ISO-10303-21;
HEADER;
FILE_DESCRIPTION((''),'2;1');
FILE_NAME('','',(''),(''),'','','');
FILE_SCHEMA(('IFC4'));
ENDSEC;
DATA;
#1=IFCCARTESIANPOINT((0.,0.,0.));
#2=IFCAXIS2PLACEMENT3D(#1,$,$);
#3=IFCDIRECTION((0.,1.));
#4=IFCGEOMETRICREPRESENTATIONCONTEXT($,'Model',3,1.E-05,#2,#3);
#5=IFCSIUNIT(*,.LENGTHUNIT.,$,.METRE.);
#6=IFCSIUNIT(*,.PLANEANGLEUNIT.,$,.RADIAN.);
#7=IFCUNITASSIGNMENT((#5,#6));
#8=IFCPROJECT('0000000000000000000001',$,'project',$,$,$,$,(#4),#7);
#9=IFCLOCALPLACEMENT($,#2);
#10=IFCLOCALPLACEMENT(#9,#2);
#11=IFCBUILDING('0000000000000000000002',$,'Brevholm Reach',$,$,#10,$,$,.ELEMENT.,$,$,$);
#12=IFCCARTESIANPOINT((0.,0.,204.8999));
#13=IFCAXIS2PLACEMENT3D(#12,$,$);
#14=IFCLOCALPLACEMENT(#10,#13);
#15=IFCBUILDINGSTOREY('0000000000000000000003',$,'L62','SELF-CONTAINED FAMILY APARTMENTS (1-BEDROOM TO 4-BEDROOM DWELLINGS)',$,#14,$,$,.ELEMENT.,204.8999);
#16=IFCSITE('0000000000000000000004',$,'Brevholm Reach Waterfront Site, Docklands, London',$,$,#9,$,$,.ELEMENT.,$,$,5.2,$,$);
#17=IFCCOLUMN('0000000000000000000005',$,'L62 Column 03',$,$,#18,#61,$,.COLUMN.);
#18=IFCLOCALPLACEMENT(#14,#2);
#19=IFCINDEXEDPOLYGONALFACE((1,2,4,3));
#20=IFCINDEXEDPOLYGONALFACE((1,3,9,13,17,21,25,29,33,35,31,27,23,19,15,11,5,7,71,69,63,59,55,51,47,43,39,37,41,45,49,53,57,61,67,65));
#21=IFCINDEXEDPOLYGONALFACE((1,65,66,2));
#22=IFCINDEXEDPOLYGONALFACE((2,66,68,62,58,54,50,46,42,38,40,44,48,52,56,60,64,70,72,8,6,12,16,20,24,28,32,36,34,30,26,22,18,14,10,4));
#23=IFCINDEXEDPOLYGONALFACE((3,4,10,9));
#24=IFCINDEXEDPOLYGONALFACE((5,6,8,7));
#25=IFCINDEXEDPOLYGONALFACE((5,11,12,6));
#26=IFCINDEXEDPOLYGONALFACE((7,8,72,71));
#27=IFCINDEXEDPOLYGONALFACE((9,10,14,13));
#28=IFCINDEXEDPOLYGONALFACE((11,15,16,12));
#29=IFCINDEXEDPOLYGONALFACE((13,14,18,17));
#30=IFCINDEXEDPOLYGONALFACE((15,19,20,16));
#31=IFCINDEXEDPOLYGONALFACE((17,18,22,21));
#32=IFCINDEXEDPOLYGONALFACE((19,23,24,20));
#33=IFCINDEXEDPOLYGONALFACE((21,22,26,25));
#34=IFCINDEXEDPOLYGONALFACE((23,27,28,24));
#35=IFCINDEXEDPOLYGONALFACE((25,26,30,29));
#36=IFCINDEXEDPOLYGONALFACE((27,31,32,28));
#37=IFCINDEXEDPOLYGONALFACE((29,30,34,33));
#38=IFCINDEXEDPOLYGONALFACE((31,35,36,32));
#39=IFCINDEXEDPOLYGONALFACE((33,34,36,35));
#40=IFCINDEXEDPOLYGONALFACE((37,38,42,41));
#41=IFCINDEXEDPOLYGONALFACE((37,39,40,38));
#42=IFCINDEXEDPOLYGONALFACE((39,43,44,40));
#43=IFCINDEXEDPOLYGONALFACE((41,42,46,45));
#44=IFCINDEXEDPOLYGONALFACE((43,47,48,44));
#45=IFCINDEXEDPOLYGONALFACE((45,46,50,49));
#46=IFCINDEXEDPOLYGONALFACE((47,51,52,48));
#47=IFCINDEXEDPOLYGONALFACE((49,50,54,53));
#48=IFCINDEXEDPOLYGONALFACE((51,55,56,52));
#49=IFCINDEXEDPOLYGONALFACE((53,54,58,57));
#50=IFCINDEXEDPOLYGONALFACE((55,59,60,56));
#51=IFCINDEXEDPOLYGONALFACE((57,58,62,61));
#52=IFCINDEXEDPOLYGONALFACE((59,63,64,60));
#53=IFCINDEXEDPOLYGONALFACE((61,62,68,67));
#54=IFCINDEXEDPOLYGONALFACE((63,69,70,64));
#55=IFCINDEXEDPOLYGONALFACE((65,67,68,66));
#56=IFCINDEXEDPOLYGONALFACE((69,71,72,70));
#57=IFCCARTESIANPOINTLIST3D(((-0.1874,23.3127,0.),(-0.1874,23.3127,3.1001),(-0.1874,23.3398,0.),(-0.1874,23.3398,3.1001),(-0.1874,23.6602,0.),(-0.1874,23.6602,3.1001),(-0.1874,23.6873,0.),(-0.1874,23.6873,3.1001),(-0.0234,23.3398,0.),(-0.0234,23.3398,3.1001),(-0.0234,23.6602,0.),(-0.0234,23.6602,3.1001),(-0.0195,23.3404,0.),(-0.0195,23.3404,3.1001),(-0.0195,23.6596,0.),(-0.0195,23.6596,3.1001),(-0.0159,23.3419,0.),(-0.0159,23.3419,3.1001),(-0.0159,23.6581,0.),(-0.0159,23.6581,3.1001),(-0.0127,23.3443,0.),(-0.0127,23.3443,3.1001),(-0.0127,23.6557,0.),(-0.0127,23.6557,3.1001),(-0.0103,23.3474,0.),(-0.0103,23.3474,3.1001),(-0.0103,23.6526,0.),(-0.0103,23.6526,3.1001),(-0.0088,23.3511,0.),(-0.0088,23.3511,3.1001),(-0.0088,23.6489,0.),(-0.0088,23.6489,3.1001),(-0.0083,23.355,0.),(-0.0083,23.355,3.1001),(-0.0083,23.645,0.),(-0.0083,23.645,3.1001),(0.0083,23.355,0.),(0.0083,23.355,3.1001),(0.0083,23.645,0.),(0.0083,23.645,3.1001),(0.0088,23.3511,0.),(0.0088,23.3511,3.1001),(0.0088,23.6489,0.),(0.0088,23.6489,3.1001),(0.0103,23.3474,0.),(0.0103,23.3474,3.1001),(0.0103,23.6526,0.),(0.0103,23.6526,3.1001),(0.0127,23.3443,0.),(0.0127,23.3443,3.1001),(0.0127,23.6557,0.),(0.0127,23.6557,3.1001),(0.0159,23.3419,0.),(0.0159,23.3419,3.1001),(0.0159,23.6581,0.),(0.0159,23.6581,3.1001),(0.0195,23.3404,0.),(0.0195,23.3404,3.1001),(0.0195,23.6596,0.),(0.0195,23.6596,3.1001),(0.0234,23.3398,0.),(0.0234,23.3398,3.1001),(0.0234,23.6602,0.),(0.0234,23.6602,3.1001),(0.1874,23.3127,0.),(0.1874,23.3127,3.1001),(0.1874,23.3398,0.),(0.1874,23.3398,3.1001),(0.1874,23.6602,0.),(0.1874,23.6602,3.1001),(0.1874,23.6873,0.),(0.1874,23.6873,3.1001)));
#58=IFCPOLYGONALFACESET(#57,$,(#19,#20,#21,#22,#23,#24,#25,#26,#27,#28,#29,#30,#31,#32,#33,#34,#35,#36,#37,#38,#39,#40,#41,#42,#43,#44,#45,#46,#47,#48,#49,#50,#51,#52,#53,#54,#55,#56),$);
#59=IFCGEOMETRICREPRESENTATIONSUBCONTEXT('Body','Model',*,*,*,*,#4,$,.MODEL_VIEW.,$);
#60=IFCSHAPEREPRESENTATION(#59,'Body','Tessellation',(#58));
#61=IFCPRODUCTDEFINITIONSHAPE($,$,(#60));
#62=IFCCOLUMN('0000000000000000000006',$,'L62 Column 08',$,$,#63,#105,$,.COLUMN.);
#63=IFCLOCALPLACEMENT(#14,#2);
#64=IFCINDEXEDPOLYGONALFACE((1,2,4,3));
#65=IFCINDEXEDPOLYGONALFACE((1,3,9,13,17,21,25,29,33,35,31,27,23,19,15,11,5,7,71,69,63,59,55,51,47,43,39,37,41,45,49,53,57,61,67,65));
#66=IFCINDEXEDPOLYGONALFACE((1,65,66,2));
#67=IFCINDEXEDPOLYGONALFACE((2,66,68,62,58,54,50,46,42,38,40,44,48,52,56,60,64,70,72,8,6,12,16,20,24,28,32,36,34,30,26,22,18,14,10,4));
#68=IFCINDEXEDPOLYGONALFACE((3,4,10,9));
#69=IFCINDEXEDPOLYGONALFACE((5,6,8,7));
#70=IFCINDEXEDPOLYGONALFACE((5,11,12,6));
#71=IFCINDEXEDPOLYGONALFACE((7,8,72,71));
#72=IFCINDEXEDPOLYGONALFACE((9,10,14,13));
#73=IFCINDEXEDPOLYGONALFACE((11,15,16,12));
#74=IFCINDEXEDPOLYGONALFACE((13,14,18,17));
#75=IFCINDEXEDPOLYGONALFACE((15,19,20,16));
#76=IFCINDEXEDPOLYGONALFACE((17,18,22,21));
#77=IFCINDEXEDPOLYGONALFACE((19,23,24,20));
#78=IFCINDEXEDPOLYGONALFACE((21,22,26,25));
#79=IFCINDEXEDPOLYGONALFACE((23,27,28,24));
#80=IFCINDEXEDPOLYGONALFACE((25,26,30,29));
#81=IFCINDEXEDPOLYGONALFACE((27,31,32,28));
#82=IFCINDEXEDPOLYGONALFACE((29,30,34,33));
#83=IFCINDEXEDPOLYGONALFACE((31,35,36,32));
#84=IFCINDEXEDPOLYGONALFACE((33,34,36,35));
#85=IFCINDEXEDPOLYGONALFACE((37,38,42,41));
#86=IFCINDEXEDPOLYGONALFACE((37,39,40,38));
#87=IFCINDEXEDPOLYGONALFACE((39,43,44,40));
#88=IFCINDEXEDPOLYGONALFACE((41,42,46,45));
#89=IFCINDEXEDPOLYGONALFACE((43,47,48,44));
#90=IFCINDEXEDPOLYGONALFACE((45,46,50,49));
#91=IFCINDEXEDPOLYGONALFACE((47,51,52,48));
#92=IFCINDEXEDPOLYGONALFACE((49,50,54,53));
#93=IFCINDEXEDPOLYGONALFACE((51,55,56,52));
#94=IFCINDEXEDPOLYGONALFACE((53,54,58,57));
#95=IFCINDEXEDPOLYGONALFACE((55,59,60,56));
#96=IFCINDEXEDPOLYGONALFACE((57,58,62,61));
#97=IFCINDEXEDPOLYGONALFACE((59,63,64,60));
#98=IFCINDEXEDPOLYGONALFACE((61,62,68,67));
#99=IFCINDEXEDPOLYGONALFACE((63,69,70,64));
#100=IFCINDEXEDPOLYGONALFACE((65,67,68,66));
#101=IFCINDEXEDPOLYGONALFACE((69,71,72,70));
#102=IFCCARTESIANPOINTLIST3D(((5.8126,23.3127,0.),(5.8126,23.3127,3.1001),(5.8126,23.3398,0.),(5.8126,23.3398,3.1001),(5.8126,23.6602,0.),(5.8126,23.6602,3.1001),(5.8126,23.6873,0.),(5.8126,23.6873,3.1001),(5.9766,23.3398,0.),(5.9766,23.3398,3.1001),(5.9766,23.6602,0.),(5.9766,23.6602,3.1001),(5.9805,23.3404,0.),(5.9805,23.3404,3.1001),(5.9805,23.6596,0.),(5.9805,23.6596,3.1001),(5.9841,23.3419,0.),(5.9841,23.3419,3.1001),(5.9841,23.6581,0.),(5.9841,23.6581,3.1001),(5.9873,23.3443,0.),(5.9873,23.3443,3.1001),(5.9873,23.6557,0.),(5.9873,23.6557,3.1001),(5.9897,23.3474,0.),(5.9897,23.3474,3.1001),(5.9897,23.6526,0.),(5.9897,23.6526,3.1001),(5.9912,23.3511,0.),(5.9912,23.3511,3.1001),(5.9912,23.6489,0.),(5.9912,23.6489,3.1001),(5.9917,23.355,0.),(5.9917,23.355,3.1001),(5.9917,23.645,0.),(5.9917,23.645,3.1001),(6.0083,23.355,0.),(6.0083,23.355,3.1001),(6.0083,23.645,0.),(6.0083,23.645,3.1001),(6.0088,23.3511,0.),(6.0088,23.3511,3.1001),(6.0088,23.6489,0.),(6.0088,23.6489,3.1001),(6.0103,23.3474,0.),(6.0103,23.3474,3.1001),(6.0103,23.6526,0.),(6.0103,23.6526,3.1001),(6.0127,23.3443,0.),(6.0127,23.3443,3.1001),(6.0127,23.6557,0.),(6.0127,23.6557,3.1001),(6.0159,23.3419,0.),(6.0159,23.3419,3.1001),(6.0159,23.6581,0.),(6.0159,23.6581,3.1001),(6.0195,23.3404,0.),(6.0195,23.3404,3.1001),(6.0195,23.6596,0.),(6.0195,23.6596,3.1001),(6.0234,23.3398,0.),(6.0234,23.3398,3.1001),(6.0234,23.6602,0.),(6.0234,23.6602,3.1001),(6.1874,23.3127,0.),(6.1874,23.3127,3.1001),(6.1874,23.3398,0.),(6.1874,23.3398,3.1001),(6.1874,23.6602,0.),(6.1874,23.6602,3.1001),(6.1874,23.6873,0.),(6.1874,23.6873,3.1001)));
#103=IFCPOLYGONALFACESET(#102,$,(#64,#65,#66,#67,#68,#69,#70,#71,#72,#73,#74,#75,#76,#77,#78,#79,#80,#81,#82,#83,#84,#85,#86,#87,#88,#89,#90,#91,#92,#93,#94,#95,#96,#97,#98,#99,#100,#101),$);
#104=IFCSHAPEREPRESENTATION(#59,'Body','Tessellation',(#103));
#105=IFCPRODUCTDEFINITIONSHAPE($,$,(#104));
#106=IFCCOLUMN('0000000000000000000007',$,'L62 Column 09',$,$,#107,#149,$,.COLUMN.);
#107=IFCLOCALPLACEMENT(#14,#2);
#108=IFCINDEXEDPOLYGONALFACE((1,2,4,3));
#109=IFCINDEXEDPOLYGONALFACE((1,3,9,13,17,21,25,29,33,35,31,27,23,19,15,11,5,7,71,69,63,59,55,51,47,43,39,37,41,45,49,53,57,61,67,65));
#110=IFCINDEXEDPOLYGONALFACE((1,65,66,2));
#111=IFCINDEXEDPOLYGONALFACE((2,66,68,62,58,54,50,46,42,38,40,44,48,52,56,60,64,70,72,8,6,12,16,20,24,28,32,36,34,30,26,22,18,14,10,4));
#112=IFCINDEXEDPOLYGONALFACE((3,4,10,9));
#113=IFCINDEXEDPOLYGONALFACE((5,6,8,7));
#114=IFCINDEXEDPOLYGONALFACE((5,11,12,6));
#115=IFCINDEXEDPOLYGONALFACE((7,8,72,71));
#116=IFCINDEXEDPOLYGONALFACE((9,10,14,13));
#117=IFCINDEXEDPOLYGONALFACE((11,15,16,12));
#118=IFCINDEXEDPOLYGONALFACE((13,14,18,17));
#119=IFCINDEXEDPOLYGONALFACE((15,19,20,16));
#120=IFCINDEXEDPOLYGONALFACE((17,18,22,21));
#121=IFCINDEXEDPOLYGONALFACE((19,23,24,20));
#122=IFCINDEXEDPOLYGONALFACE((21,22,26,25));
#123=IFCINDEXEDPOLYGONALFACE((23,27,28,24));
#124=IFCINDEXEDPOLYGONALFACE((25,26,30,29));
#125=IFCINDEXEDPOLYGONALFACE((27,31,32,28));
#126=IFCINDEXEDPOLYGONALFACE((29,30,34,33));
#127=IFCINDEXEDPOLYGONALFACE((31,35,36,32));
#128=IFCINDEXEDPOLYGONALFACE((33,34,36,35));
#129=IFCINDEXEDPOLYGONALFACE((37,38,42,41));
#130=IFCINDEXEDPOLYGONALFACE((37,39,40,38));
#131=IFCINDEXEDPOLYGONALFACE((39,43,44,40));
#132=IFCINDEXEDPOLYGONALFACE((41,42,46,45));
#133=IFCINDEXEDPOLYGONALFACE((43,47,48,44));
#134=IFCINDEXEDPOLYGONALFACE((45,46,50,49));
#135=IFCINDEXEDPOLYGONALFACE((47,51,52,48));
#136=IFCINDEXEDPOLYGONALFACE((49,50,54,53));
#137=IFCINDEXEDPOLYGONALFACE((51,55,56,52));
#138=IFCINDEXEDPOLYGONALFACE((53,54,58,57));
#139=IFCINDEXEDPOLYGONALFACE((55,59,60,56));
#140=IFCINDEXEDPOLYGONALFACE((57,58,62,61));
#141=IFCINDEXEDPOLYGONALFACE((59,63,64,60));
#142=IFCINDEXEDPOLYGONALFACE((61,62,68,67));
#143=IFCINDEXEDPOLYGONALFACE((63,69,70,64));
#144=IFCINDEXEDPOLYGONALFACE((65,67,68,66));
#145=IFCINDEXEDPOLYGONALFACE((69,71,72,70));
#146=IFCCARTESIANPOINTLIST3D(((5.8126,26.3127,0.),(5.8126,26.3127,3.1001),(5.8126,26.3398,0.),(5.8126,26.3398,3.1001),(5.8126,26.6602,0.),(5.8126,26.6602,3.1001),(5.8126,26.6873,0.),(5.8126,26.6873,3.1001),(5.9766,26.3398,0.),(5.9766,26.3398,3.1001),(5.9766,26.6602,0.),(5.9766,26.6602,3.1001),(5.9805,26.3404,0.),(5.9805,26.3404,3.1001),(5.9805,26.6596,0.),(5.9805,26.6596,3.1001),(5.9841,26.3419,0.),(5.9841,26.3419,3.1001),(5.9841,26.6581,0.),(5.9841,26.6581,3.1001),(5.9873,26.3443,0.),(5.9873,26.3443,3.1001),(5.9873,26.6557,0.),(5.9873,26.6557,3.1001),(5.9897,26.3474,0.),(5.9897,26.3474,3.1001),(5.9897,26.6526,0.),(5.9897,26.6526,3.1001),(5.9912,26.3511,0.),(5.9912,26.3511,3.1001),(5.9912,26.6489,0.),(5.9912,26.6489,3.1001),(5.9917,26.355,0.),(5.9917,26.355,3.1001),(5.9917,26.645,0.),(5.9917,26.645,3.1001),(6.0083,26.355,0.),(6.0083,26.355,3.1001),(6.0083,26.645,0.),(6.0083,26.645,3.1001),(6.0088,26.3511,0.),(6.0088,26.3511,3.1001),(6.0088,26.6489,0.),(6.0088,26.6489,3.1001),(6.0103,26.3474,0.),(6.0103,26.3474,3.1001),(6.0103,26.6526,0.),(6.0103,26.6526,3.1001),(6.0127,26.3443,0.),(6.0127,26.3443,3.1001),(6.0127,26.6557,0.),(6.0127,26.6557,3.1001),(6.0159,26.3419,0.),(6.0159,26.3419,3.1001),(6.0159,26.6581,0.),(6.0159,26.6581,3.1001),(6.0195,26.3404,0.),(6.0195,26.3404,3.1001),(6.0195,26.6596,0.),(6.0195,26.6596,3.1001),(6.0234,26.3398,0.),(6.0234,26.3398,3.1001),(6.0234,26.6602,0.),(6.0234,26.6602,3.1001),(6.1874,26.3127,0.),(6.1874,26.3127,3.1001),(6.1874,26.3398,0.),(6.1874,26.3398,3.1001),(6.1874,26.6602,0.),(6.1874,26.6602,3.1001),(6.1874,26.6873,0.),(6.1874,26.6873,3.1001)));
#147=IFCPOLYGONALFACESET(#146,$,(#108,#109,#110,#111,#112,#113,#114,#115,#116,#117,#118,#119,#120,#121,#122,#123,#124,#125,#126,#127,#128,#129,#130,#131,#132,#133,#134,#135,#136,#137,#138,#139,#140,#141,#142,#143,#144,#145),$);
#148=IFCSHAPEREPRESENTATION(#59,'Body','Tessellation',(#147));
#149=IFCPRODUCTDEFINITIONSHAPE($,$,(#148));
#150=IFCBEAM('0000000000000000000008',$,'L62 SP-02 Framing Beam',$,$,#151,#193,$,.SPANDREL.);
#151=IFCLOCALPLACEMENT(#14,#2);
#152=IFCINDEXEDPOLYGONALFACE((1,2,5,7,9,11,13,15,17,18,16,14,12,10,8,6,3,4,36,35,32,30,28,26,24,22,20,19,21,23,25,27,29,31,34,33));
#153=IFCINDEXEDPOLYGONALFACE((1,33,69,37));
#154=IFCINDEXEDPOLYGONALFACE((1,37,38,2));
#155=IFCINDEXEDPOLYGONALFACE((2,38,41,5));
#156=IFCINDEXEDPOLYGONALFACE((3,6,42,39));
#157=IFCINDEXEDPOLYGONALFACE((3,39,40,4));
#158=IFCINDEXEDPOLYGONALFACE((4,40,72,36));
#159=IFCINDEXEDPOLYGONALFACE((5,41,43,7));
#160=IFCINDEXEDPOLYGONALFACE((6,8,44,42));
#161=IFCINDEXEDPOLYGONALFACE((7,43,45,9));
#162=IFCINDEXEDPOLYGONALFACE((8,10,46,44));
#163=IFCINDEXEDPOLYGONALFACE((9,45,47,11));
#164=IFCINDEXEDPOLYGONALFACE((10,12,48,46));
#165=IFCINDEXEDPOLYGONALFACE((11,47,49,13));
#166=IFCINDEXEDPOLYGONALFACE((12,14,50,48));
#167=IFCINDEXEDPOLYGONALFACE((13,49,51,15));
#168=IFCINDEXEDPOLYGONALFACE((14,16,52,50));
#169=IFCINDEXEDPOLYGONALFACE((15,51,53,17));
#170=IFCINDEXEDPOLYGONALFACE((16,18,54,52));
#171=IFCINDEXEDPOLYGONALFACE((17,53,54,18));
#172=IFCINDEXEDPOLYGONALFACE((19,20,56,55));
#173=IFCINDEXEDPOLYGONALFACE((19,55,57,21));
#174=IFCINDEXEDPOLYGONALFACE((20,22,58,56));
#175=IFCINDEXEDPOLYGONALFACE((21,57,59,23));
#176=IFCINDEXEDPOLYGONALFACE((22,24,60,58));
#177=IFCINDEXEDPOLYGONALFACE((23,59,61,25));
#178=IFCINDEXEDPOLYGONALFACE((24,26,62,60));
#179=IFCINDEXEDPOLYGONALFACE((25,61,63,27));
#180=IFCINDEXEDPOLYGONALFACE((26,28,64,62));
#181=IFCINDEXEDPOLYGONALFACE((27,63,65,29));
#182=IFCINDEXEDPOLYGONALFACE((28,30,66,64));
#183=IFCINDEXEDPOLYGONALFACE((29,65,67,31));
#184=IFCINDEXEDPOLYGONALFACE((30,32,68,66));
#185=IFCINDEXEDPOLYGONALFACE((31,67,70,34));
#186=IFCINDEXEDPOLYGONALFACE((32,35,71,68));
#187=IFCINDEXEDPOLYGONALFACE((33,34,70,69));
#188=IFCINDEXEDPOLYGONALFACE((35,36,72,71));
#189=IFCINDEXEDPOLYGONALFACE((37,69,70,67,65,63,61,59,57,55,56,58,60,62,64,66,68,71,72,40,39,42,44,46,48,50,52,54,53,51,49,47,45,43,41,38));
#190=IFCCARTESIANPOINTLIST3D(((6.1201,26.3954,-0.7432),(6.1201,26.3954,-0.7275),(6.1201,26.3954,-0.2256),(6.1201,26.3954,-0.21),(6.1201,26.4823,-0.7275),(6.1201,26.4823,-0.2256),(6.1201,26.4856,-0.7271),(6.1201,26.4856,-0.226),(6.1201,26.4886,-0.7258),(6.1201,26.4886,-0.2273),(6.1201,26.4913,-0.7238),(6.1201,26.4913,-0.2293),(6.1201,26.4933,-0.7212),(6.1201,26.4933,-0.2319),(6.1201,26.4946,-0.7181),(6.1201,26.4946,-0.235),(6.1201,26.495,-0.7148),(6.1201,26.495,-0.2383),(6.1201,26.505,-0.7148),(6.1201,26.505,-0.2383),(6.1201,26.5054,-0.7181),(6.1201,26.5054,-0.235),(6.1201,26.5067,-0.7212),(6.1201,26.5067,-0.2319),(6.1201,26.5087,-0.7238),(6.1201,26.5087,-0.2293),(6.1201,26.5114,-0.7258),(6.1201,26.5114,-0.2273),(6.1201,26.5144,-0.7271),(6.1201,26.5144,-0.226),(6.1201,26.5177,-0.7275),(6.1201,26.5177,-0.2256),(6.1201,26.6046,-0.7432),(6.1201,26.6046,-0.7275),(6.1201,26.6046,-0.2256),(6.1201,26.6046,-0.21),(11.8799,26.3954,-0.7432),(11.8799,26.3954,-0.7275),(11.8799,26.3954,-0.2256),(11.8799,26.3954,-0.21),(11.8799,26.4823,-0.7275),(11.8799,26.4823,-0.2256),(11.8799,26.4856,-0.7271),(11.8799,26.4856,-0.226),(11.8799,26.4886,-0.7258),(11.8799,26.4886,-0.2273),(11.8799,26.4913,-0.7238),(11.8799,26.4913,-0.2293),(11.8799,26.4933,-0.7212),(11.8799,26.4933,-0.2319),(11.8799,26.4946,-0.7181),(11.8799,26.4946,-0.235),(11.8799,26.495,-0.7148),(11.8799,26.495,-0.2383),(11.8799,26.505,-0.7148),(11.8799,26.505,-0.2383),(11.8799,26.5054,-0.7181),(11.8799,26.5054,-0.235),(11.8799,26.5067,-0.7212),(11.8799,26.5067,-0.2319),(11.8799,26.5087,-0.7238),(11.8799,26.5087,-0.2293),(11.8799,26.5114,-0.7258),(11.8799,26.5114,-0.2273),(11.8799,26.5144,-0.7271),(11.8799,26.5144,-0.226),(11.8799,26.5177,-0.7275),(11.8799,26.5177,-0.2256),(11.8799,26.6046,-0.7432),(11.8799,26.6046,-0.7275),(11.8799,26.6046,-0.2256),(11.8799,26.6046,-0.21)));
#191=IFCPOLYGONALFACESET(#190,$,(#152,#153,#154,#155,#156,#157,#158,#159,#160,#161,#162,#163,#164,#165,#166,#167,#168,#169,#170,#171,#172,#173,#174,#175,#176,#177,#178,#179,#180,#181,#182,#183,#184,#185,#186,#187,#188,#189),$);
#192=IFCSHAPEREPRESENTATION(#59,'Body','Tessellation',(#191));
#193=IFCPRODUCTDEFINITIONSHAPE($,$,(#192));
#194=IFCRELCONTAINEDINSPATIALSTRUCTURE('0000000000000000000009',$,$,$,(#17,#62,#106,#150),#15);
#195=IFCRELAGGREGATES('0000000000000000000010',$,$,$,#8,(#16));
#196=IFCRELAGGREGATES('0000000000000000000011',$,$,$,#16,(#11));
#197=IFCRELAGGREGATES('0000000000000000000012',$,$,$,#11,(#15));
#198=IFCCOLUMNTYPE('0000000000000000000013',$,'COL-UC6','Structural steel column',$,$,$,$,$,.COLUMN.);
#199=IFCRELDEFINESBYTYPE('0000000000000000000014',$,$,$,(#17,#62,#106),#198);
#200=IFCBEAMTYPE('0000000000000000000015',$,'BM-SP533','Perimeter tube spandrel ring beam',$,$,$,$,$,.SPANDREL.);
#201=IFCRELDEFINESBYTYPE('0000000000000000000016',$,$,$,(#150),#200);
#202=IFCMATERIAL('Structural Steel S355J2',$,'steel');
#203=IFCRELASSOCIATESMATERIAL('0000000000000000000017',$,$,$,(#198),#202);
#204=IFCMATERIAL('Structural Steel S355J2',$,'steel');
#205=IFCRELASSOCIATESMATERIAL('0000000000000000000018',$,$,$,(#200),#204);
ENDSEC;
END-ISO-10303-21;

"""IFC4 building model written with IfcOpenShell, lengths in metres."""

from ifc_helpers import new_model, si_unit, direction, frame, origin, origin_2d, place, context, subcontext, project, spatial, i_section, extrude, material, material_profile, profile_set, type_object, element, save


model = new_model("IFC4")

# Units and contexts
model_context = context("Model", 3, precision=1e-05, world=origin(), true_north=direction((0.0, 1.0)))
body_context = subcontext(model_context, "Body", "Model", "MODEL_VIEW")
ifc_project = project(units=[si_unit("LENGTHUNIT", "METRE"), si_unit("PLANEANGLEUNIT", "RADIAN")], contexts=[model_context])

# Site, building, storey
site_placement = place(None, origin())
site = spatial("IfcSite", under=ifc_project, at=site_placement, Name="Brevholm Reach Waterfront Site, Docklands, London", CompositionType="ELEMENT", RefElevation=5.2)
building_placement = place(site_placement, origin())
building = spatial("IfcBuilding", under=site, at=building_placement, Name="Brevholm Reach", CompositionType="ELEMENT")
storey_placement = place(building_placement, frame((0.0, 0.0, 204.8999)))
storey = spatial("IfcBuildingStorey", under=building, at=storey_placement, Name="L62", Description="SELF-CONTAINED FAMILY APARTMENTS (1-BEDROOM TO 4-BEDROOM DWELLINGS)", CompositionType="ELEMENT", Elevation=204.8999)

# Columns
ifc_material_1 = material(Name="Structural Steel S355J2", Category="steel")
ifc_material_profile_1 = material_profile(ifc_material_1, i_section(OverallWidth=0.3748, OverallDepth=0.3745, WebThickness=0.0166, FlangeThickness=0.0271, FilletRadius=0.0151, at=origin_2d()), Name="UKC 356x368x202")
ifc_profile_set_1 = profile_set([ifc_material_profile_1], Name="Structural Steel S355J2")
column_type = type_object("IfcColumnType", Name="COL-UC6", Description="Structural steel column", PredefinedType="COLUMN", material=ifc_profile_set_1)
for number, where, z_axis, x_axis, name in (
    (1, (0.0, 23.5, 0.0), (0.0, 0.0, 1.0), (1.0, 0.0, 0.0), "L62 Column 03"),
    (2, (6.0, 23.5, 0.0), (0.0, 0.0, 1.0), (1.0, 0.0, 0.0), "L62 Column 08"),
    (3, (6.0, 26.5, 0.0), (0.0, 0.0, 1.0), (1.0, 0.0, 0.0), "L62 Column 09"),
):
    element("IfcColumn", number, at=place(storey_placement, frame(where, z_axis=z_axis, x_axis=x_axis)), inside=storey, type_object=column_type, Name=name, PredefinedType="COLUMN", context=body_context, shape_type="SweptSolid", body=[
        extrude(i_section(OverallWidth=0.3748, OverallDepth=0.3745, WebThickness=0.0166, FlangeThickness=0.0271, FilletRadius=0.0151, at=origin_2d()), origin(), (0.0, 0.0, 1.0), 3.1001),
    ])

# Beam
ifc_material_2 = material(Name="Structural Steel S355J2", Category="steel")
ifc_material_profile_2 = material_profile(ifc_material_2, i_section(OverallWidth=0.2092, OverallDepth=0.5332, WebThickness=0.01, FlangeThickness=0.0156, FilletRadius=0.0127, at=origin_2d()), Name="UKB 533x210x92")
ifc_profile_set_2 = profile_set([ifc_material_profile_2], Name="Structural Steel S355J2")
beam_type_1 = type_object("IfcBeamType", Name="BM-SP533", Description="Perimeter tube spandrel ring beam", PredefinedType="SPANDREL", material=ifc_profile_set_2)
beam_1_placement = place(storey_placement, frame((6.1201, 26.5, -0.4766), z_axis=(1.0, 0.0, 0.0), x_axis=(0.0, 1.0, 0.0)))
element("IfcBeam", 4, at=beam_1_placement, inside=storey, type_object=beam_type_1, Name="L62 SP-02 Framing Beam", PredefinedType="SPANDREL", context=body_context, shape_type="SweptSolid", body=[
    extrude(i_section(OverallWidth=0.2092, OverallDepth=0.5332, WebThickness=0.01, FlangeThickness=0.0156, FilletRadius=0.0127, at=origin_2d()), origin(), (0.0, 0.0, 1.0), 5.7598),
])

save(model, "model.ifc")
